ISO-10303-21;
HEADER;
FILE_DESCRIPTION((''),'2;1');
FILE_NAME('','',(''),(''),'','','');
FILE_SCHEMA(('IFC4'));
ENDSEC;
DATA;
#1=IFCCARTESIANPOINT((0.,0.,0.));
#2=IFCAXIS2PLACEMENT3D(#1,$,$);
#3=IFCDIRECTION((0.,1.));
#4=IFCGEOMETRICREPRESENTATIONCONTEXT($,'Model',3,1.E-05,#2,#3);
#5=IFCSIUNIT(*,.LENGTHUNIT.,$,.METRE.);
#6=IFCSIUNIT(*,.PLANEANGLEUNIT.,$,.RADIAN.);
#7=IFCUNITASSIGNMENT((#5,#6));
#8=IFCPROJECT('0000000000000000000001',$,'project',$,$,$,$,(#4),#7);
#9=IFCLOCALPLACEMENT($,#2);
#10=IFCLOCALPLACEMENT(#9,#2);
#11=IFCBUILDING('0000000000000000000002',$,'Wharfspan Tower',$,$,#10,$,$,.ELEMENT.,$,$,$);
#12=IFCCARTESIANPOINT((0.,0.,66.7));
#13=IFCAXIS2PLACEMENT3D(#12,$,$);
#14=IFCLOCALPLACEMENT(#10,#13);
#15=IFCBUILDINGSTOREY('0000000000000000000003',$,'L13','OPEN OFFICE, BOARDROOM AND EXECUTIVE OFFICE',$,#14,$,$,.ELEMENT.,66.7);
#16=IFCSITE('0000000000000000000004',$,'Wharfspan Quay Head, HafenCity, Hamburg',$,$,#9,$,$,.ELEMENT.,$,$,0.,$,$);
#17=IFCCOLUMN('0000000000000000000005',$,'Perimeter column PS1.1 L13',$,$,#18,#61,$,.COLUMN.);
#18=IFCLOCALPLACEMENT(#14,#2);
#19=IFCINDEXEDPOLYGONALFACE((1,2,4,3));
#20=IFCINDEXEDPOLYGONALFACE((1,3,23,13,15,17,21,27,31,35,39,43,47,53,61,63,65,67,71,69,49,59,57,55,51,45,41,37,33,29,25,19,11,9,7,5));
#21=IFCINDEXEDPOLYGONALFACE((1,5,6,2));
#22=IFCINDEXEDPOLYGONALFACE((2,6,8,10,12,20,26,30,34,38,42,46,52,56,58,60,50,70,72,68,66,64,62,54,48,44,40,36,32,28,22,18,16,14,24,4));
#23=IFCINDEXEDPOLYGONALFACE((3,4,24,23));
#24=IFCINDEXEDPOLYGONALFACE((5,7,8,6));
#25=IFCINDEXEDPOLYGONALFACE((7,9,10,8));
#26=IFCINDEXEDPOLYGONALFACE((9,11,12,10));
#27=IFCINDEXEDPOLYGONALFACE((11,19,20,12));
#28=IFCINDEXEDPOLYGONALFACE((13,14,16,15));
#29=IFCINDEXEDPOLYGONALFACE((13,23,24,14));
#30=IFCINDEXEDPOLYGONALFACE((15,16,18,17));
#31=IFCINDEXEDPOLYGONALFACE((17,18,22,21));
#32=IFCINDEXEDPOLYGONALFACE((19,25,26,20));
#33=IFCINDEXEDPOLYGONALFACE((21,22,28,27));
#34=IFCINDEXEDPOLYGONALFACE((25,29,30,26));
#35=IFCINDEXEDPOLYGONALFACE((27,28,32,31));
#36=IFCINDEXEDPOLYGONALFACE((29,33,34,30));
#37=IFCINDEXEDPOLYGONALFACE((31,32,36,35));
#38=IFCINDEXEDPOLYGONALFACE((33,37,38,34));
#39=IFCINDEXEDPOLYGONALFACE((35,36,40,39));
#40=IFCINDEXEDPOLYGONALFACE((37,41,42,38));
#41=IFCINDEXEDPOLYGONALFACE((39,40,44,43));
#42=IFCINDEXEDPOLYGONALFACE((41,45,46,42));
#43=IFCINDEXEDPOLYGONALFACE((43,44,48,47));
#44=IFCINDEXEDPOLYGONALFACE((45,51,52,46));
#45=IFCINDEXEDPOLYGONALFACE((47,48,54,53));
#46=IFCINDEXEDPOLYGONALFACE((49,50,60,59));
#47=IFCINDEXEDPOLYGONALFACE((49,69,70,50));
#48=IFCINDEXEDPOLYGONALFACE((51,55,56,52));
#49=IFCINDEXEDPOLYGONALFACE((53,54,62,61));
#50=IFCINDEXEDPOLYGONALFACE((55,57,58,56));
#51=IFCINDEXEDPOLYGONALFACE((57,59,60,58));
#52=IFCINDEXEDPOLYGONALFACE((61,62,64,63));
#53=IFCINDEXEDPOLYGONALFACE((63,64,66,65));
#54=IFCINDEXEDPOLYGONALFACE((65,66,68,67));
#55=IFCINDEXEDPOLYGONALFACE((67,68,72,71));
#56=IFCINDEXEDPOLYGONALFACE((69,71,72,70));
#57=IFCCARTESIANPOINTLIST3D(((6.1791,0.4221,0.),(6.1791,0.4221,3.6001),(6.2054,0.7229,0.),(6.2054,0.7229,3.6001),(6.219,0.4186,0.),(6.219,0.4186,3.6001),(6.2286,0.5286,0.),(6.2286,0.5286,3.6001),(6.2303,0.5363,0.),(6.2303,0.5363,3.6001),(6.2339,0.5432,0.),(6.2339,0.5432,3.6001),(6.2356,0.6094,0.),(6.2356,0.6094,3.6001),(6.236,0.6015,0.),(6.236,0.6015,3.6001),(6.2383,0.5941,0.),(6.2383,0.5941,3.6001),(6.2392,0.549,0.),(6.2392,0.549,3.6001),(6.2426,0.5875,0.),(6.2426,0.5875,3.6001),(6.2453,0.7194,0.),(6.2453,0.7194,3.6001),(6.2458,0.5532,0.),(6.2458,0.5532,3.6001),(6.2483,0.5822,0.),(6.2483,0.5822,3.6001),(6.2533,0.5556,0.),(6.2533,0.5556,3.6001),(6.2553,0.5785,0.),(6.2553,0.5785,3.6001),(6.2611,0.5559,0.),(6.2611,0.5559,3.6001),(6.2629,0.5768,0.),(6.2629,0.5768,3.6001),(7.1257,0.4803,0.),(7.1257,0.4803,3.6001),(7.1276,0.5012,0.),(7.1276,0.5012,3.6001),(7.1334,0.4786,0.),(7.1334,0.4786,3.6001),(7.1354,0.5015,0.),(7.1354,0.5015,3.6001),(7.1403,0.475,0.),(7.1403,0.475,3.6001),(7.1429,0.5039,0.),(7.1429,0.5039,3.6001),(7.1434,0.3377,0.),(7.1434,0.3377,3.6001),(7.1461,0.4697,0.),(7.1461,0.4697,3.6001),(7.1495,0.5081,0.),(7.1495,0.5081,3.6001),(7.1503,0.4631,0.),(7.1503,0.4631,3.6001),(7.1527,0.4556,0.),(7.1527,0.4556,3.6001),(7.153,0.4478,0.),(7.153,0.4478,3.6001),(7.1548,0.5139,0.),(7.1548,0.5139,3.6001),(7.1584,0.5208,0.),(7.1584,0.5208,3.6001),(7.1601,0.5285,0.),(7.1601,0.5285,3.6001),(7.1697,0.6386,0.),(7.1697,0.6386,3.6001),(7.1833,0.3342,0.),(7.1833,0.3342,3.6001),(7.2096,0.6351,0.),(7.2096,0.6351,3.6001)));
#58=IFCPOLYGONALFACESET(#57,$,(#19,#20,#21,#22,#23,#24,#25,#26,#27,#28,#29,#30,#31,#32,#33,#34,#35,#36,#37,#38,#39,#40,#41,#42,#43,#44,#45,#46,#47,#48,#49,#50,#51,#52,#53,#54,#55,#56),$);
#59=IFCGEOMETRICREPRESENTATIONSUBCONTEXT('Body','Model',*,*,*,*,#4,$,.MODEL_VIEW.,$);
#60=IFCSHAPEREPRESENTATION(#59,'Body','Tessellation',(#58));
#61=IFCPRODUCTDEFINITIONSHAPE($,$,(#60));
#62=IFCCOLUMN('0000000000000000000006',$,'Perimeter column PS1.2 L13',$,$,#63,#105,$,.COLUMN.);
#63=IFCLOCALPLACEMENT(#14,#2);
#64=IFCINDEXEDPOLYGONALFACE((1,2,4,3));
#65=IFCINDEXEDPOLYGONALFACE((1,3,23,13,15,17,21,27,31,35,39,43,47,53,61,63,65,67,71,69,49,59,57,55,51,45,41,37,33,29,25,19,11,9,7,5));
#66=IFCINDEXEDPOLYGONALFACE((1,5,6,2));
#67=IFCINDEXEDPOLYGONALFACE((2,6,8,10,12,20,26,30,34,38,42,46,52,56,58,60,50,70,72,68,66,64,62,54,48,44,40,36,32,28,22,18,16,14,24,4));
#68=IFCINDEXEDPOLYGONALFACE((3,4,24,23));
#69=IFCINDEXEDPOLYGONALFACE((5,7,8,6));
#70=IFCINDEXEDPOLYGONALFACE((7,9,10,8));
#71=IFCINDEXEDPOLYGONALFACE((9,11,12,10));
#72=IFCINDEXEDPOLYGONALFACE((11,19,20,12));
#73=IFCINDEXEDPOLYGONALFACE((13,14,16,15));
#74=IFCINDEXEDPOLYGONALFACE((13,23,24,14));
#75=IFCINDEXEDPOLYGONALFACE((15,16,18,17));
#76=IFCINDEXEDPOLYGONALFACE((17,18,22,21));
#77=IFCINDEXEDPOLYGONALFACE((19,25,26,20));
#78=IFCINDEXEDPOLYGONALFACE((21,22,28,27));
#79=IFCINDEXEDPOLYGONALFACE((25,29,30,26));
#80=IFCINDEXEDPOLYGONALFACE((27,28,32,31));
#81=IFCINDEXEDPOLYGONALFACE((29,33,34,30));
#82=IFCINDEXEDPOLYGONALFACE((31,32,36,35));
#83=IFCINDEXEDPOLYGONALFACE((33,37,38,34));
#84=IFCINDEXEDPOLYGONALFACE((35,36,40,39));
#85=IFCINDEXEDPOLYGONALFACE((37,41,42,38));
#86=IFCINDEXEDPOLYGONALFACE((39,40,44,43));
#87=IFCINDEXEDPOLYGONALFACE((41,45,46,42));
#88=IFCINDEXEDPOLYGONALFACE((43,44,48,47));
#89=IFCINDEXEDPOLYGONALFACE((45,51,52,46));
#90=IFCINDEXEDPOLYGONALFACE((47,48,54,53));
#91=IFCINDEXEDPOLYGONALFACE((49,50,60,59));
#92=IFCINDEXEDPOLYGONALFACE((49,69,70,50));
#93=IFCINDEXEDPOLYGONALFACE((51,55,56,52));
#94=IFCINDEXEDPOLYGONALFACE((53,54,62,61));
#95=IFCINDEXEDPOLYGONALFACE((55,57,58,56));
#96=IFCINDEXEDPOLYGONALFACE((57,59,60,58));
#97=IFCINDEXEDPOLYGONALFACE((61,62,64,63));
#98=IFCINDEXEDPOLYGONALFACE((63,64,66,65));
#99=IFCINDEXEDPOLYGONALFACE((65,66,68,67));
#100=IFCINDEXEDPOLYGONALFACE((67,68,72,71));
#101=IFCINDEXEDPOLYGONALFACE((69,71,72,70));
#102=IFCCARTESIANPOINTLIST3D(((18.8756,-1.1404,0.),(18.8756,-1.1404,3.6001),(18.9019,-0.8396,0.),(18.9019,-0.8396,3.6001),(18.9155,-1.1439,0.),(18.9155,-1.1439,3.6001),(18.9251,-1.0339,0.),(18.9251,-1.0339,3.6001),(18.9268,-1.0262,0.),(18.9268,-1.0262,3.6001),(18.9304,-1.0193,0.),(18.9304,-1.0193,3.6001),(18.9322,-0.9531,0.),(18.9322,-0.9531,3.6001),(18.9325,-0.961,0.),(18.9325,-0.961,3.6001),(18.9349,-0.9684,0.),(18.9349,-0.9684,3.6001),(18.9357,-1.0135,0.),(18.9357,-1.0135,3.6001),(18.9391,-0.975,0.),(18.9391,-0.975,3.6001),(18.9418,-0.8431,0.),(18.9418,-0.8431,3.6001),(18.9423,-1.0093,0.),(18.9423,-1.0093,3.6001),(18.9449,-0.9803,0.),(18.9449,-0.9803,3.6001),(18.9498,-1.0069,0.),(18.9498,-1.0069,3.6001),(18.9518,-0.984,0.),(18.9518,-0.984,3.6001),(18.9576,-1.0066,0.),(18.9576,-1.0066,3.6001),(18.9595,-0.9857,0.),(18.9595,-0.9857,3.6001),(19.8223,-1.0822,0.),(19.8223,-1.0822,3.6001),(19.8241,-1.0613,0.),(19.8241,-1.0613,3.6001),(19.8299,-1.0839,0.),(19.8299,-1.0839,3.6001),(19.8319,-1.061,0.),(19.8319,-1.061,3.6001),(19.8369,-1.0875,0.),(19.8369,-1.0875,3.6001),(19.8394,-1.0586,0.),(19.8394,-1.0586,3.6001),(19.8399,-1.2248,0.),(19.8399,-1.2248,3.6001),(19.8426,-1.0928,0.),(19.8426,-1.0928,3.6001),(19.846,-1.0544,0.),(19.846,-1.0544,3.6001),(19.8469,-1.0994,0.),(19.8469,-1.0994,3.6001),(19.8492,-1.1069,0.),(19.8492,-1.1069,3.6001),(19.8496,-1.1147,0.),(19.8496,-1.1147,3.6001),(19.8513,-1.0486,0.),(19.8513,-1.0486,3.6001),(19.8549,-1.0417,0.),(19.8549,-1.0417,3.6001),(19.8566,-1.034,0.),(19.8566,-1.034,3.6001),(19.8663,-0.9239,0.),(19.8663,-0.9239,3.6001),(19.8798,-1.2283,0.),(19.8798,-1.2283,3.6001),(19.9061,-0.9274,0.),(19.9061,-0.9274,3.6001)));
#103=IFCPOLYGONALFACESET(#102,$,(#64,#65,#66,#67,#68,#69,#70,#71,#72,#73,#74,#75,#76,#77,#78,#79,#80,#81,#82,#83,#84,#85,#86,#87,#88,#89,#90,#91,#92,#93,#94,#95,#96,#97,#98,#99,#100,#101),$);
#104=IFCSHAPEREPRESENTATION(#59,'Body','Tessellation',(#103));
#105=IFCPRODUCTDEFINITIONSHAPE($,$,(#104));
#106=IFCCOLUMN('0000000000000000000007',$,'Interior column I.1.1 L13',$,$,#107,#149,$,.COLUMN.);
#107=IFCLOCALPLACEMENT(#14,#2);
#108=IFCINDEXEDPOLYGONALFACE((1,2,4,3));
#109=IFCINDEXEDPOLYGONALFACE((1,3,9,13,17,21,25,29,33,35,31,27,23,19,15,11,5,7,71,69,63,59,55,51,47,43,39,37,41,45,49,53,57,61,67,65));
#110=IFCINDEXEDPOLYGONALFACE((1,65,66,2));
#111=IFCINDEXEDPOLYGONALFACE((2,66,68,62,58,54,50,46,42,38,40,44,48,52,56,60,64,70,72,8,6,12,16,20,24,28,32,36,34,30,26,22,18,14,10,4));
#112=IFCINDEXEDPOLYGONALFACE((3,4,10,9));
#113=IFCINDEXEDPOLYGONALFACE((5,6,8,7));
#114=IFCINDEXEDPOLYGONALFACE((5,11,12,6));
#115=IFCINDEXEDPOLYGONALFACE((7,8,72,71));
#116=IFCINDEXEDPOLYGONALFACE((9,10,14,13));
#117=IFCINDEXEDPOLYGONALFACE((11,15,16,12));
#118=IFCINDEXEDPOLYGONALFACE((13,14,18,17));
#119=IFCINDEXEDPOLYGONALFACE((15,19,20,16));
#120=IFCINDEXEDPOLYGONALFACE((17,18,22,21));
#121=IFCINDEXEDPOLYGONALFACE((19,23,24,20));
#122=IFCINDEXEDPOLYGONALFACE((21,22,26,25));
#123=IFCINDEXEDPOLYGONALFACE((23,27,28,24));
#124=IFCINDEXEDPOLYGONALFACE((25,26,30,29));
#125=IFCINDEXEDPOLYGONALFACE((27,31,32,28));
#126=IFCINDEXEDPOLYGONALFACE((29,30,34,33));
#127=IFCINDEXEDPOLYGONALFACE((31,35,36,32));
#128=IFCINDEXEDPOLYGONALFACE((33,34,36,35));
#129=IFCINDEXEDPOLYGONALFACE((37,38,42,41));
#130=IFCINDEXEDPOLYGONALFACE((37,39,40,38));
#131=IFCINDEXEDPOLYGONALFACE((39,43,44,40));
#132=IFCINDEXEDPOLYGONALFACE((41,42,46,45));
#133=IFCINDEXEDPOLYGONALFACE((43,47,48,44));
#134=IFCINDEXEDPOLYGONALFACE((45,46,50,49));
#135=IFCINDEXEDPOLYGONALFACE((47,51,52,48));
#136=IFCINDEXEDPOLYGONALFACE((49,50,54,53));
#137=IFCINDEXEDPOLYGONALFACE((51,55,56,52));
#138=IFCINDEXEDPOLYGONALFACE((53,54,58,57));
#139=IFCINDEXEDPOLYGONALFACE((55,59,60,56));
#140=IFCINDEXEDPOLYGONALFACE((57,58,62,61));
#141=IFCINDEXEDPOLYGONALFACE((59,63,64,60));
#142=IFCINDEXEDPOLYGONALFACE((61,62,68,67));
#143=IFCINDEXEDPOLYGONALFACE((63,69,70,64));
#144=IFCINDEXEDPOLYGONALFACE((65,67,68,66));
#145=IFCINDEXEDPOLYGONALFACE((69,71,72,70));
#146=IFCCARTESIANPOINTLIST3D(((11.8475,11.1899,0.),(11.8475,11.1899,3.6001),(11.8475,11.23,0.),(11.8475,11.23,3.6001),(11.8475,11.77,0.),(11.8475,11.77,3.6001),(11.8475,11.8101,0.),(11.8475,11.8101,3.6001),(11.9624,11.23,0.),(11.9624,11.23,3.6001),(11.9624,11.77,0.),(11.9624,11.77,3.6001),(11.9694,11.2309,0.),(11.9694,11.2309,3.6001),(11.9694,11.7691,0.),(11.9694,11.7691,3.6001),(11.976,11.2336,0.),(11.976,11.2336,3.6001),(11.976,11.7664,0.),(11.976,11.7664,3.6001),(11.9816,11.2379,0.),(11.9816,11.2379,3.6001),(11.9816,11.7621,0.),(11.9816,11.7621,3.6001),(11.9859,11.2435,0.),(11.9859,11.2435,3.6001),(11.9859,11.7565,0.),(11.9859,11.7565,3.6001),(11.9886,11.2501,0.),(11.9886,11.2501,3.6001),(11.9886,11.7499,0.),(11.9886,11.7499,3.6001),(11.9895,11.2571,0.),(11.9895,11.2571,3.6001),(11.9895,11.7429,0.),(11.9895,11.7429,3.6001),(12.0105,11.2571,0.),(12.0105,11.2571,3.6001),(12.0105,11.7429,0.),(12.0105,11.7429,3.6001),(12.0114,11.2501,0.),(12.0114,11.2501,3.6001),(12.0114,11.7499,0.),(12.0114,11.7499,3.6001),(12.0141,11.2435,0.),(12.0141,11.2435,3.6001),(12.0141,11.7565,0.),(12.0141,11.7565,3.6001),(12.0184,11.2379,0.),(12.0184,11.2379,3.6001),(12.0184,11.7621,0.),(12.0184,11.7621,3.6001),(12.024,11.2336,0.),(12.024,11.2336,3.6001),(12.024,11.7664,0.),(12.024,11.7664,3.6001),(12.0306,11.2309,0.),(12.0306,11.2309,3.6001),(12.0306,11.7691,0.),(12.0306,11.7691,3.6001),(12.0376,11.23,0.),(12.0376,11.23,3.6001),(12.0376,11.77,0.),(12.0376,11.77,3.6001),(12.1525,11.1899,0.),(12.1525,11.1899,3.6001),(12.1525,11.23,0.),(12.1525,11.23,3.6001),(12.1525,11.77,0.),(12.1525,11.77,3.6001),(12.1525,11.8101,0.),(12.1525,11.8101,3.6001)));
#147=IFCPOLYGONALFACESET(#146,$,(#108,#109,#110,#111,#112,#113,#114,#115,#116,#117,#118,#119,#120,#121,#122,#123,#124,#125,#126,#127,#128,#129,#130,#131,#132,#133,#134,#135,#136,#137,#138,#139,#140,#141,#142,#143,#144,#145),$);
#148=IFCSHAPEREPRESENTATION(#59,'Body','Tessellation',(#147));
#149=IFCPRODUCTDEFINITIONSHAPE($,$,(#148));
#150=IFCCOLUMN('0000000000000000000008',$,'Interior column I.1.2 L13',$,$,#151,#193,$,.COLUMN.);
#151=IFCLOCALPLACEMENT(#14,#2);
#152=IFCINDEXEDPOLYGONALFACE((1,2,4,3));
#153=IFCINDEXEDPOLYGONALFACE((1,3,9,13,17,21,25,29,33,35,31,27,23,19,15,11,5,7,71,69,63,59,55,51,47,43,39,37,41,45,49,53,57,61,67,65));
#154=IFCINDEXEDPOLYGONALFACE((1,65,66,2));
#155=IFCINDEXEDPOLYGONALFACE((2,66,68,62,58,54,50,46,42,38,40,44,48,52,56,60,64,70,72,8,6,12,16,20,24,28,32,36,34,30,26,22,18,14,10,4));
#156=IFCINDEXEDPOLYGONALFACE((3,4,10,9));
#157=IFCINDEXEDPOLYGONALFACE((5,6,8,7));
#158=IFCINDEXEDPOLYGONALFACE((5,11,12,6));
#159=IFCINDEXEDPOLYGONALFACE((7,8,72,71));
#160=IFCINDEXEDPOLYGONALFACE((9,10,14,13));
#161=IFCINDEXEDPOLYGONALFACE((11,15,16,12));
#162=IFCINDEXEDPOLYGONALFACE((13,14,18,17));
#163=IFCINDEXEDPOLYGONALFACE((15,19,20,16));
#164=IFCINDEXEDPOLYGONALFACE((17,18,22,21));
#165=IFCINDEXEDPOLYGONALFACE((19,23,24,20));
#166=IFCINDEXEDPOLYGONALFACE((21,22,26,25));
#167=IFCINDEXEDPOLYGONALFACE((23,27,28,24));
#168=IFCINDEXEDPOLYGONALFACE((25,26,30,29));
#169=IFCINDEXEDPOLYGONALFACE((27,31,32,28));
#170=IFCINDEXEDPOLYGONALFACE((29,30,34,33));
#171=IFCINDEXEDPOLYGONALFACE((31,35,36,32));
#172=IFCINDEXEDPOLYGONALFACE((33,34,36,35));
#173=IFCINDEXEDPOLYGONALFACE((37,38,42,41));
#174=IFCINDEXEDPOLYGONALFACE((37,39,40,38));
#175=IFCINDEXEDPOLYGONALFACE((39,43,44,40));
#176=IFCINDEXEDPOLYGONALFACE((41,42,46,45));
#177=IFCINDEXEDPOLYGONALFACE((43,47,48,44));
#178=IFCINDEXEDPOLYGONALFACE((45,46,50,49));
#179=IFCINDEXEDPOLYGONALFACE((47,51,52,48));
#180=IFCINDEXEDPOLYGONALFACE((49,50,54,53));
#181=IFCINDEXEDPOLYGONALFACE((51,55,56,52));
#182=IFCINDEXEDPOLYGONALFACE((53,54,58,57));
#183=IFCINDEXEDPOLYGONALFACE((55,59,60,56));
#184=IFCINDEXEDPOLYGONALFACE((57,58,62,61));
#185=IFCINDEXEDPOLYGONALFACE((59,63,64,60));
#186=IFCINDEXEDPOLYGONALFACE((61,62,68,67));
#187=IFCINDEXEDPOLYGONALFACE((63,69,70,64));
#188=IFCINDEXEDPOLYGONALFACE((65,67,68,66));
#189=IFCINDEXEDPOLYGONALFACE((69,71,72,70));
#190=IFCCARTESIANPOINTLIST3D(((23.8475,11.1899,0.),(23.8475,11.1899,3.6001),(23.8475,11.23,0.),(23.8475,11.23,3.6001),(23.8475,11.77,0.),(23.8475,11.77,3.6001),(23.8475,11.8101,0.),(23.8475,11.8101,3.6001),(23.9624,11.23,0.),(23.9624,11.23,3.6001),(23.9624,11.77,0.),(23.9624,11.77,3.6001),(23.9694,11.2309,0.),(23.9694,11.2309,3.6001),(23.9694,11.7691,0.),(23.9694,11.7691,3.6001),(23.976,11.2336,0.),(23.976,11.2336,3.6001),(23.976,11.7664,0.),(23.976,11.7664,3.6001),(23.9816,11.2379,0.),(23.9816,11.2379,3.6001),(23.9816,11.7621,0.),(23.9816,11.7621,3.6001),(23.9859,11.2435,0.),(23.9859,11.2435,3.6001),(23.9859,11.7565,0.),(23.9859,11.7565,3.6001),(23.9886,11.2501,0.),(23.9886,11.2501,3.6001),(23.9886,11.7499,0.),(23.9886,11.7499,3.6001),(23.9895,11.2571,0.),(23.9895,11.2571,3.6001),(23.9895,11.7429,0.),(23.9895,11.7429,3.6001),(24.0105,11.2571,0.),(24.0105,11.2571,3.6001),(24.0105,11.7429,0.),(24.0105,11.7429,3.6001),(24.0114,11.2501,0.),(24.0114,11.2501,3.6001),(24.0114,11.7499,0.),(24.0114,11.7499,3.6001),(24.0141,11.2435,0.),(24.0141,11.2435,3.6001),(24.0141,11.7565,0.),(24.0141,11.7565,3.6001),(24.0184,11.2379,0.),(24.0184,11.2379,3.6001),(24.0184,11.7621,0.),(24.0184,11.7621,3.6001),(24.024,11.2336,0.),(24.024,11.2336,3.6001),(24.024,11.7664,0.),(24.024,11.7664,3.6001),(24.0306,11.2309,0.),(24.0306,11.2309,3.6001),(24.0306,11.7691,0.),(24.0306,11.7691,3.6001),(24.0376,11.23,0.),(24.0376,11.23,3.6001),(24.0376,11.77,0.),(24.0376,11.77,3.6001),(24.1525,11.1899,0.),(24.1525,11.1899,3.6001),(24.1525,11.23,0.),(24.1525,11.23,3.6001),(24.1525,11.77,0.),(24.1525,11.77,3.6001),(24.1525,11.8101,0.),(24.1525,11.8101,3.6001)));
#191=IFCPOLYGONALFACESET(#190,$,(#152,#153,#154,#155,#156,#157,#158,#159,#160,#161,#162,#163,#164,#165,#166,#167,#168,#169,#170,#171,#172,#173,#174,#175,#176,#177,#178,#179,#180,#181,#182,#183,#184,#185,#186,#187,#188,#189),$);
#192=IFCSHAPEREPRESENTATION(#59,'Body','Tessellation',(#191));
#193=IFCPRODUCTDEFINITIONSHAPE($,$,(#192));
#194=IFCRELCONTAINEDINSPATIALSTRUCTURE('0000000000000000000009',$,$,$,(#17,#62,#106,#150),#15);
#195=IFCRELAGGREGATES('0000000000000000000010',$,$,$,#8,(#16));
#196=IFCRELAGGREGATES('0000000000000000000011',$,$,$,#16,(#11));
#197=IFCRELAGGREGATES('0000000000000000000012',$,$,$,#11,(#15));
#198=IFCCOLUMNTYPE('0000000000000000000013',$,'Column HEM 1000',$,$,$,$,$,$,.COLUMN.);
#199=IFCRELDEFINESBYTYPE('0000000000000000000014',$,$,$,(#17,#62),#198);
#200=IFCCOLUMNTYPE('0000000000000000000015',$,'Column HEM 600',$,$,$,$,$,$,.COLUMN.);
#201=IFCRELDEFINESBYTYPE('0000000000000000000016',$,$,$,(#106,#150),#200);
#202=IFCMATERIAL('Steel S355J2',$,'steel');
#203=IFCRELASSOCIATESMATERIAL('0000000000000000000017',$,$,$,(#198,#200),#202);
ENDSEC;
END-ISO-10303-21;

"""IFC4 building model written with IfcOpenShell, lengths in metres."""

from ifc_helpers import new_model, si_unit, direction, frame, origin, origin_2d, place, context, subcontext, project, spatial, i_section, extrude, material, material_profile, profile_set, type_object, element, save


model = new_model("IFC4")

# Units and contexts
model_context = context("Model", 3, precision=1e-05, world=origin(), true_north=direction((0.0, 1.0)))
body_context = subcontext(model_context, "Body", "Model", "MODEL_VIEW")
ifc_project = project(units=[si_unit("LENGTHUNIT", "METRE"), si_unit("PLANEANGLEUNIT", "RADIAN")], contexts=[model_context])

# Site, building, storey
site_placement = place(None, origin())
site = spatial("IfcSite", under=ifc_project, at=site_placement, Name="Wharfspan Quay Head, HafenCity, Hamburg", CompositionType="ELEMENT", RefElevation=0.0)
building_placement = place(site_placement, origin())
building = spatial("IfcBuilding", under=site, at=building_placement, Name="Wharfspan Tower", CompositionType="ELEMENT")
storey_placement = place(building_placement, frame((0.0, 0.0, 66.7)))
storey = spatial("IfcBuildingStorey", under=building, at=storey_placement, Name="L13", Description="OPEN OFFICE, BOARDROOM AND EXECUTIVE OFFICE", CompositionType="ELEMENT", Elevation=66.7)

# Columns
ifc_material_1 = material(Name="Steel S355J2", Category="steel")
ifc_material_profile_1 = material_profile(ifc_material_1, i_section(OverallWidth=0.302, OverallDepth=1.0081, WebThickness=0.021, FlangeThickness=0.04, FilletRadius=0.03, at=origin_2d()))
ifc_profile_set_1 = profile_set([ifc_material_profile_1], Name="Steel S355J2")
column_type_1 = type_object("IfcColumnType", Name="Column HEM 1000", PredefinedType="COLUMN", material=ifc_profile_set_1)
for number, where, z_axis, x_axis, name in (
    (1, (6.6943, 0.5286, 0.0), (0.0, 0.0, 1.0), (-0.087156, -0.996198, 0.0), "Perimeter column PS1.1 L13"),
    (2, (19.3909, -1.0339, 0.0), (0.0, 0.0, 1.0), (-0.087156, -0.996198, 0.0), "Perimeter column PS1.2 L13"),
):
    element("IfcColumn", number, at=place(storey_placement, frame(where, z_axis=z_axis, x_axis=x_axis)), inside=storey, type_object=column_type_1, Name=name, PredefinedType="COLUMN", context=body_context, shape_type="SweptSolid", body=[
        extrude(i_section(OverallWidth=0.302, OverallDepth=1.0081, WebThickness=0.021, FlangeThickness=0.04, FilletRadius=0.03, at=origin_2d()), origin(), (0.0, 0.0, 1.0), 3.6001),
    ])
ifc_material_profile_2 = material_profile(ifc_material_1, i_section(OverallWidth=0.3049, OverallDepth=0.6201, WebThickness=0.021, FlangeThickness=0.04, FilletRadius=0.0271, at=origin_2d()))
ifc_profile_set_2 = profile_set([ifc_material_profile_2], Name="Steel S355J2")
column_type_2 = type_object("IfcColumnType", Name="Column HEM 600", PredefinedType="COLUMN", material=ifc_profile_set_2)
for number, where, z_axis, x_axis, name in (
    (3, (12.0, 11.5, 0.0), (0.0, 0.0, 1.0), (1.0, 0.0, 0.0), "Interior column I.1.1 L13"),
    (4, (24.0, 11.5, 0.0), (0.0, 0.0, 1.0), (1.0, 0.0, 0.0), "Interior column I.1.2 L13"),
):
    element("IfcColumn", number, at=place(storey_placement, frame(where, z_axis=z_axis, x_axis=x_axis)), inside=storey, type_object=column_type_2, Name=name, PredefinedType="COLUMN", context=body_context, shape_type="SweptSolid", body=[
        extrude(i_section(OverallWidth=0.3049, OverallDepth=0.6201, WebThickness=0.021, FlangeThickness=0.04, FilletRadius=0.0271, at=origin_2d()), origin(), (0.0, 0.0, 1.0), 3.6001),
    ])

save(model, "model.ifc")
